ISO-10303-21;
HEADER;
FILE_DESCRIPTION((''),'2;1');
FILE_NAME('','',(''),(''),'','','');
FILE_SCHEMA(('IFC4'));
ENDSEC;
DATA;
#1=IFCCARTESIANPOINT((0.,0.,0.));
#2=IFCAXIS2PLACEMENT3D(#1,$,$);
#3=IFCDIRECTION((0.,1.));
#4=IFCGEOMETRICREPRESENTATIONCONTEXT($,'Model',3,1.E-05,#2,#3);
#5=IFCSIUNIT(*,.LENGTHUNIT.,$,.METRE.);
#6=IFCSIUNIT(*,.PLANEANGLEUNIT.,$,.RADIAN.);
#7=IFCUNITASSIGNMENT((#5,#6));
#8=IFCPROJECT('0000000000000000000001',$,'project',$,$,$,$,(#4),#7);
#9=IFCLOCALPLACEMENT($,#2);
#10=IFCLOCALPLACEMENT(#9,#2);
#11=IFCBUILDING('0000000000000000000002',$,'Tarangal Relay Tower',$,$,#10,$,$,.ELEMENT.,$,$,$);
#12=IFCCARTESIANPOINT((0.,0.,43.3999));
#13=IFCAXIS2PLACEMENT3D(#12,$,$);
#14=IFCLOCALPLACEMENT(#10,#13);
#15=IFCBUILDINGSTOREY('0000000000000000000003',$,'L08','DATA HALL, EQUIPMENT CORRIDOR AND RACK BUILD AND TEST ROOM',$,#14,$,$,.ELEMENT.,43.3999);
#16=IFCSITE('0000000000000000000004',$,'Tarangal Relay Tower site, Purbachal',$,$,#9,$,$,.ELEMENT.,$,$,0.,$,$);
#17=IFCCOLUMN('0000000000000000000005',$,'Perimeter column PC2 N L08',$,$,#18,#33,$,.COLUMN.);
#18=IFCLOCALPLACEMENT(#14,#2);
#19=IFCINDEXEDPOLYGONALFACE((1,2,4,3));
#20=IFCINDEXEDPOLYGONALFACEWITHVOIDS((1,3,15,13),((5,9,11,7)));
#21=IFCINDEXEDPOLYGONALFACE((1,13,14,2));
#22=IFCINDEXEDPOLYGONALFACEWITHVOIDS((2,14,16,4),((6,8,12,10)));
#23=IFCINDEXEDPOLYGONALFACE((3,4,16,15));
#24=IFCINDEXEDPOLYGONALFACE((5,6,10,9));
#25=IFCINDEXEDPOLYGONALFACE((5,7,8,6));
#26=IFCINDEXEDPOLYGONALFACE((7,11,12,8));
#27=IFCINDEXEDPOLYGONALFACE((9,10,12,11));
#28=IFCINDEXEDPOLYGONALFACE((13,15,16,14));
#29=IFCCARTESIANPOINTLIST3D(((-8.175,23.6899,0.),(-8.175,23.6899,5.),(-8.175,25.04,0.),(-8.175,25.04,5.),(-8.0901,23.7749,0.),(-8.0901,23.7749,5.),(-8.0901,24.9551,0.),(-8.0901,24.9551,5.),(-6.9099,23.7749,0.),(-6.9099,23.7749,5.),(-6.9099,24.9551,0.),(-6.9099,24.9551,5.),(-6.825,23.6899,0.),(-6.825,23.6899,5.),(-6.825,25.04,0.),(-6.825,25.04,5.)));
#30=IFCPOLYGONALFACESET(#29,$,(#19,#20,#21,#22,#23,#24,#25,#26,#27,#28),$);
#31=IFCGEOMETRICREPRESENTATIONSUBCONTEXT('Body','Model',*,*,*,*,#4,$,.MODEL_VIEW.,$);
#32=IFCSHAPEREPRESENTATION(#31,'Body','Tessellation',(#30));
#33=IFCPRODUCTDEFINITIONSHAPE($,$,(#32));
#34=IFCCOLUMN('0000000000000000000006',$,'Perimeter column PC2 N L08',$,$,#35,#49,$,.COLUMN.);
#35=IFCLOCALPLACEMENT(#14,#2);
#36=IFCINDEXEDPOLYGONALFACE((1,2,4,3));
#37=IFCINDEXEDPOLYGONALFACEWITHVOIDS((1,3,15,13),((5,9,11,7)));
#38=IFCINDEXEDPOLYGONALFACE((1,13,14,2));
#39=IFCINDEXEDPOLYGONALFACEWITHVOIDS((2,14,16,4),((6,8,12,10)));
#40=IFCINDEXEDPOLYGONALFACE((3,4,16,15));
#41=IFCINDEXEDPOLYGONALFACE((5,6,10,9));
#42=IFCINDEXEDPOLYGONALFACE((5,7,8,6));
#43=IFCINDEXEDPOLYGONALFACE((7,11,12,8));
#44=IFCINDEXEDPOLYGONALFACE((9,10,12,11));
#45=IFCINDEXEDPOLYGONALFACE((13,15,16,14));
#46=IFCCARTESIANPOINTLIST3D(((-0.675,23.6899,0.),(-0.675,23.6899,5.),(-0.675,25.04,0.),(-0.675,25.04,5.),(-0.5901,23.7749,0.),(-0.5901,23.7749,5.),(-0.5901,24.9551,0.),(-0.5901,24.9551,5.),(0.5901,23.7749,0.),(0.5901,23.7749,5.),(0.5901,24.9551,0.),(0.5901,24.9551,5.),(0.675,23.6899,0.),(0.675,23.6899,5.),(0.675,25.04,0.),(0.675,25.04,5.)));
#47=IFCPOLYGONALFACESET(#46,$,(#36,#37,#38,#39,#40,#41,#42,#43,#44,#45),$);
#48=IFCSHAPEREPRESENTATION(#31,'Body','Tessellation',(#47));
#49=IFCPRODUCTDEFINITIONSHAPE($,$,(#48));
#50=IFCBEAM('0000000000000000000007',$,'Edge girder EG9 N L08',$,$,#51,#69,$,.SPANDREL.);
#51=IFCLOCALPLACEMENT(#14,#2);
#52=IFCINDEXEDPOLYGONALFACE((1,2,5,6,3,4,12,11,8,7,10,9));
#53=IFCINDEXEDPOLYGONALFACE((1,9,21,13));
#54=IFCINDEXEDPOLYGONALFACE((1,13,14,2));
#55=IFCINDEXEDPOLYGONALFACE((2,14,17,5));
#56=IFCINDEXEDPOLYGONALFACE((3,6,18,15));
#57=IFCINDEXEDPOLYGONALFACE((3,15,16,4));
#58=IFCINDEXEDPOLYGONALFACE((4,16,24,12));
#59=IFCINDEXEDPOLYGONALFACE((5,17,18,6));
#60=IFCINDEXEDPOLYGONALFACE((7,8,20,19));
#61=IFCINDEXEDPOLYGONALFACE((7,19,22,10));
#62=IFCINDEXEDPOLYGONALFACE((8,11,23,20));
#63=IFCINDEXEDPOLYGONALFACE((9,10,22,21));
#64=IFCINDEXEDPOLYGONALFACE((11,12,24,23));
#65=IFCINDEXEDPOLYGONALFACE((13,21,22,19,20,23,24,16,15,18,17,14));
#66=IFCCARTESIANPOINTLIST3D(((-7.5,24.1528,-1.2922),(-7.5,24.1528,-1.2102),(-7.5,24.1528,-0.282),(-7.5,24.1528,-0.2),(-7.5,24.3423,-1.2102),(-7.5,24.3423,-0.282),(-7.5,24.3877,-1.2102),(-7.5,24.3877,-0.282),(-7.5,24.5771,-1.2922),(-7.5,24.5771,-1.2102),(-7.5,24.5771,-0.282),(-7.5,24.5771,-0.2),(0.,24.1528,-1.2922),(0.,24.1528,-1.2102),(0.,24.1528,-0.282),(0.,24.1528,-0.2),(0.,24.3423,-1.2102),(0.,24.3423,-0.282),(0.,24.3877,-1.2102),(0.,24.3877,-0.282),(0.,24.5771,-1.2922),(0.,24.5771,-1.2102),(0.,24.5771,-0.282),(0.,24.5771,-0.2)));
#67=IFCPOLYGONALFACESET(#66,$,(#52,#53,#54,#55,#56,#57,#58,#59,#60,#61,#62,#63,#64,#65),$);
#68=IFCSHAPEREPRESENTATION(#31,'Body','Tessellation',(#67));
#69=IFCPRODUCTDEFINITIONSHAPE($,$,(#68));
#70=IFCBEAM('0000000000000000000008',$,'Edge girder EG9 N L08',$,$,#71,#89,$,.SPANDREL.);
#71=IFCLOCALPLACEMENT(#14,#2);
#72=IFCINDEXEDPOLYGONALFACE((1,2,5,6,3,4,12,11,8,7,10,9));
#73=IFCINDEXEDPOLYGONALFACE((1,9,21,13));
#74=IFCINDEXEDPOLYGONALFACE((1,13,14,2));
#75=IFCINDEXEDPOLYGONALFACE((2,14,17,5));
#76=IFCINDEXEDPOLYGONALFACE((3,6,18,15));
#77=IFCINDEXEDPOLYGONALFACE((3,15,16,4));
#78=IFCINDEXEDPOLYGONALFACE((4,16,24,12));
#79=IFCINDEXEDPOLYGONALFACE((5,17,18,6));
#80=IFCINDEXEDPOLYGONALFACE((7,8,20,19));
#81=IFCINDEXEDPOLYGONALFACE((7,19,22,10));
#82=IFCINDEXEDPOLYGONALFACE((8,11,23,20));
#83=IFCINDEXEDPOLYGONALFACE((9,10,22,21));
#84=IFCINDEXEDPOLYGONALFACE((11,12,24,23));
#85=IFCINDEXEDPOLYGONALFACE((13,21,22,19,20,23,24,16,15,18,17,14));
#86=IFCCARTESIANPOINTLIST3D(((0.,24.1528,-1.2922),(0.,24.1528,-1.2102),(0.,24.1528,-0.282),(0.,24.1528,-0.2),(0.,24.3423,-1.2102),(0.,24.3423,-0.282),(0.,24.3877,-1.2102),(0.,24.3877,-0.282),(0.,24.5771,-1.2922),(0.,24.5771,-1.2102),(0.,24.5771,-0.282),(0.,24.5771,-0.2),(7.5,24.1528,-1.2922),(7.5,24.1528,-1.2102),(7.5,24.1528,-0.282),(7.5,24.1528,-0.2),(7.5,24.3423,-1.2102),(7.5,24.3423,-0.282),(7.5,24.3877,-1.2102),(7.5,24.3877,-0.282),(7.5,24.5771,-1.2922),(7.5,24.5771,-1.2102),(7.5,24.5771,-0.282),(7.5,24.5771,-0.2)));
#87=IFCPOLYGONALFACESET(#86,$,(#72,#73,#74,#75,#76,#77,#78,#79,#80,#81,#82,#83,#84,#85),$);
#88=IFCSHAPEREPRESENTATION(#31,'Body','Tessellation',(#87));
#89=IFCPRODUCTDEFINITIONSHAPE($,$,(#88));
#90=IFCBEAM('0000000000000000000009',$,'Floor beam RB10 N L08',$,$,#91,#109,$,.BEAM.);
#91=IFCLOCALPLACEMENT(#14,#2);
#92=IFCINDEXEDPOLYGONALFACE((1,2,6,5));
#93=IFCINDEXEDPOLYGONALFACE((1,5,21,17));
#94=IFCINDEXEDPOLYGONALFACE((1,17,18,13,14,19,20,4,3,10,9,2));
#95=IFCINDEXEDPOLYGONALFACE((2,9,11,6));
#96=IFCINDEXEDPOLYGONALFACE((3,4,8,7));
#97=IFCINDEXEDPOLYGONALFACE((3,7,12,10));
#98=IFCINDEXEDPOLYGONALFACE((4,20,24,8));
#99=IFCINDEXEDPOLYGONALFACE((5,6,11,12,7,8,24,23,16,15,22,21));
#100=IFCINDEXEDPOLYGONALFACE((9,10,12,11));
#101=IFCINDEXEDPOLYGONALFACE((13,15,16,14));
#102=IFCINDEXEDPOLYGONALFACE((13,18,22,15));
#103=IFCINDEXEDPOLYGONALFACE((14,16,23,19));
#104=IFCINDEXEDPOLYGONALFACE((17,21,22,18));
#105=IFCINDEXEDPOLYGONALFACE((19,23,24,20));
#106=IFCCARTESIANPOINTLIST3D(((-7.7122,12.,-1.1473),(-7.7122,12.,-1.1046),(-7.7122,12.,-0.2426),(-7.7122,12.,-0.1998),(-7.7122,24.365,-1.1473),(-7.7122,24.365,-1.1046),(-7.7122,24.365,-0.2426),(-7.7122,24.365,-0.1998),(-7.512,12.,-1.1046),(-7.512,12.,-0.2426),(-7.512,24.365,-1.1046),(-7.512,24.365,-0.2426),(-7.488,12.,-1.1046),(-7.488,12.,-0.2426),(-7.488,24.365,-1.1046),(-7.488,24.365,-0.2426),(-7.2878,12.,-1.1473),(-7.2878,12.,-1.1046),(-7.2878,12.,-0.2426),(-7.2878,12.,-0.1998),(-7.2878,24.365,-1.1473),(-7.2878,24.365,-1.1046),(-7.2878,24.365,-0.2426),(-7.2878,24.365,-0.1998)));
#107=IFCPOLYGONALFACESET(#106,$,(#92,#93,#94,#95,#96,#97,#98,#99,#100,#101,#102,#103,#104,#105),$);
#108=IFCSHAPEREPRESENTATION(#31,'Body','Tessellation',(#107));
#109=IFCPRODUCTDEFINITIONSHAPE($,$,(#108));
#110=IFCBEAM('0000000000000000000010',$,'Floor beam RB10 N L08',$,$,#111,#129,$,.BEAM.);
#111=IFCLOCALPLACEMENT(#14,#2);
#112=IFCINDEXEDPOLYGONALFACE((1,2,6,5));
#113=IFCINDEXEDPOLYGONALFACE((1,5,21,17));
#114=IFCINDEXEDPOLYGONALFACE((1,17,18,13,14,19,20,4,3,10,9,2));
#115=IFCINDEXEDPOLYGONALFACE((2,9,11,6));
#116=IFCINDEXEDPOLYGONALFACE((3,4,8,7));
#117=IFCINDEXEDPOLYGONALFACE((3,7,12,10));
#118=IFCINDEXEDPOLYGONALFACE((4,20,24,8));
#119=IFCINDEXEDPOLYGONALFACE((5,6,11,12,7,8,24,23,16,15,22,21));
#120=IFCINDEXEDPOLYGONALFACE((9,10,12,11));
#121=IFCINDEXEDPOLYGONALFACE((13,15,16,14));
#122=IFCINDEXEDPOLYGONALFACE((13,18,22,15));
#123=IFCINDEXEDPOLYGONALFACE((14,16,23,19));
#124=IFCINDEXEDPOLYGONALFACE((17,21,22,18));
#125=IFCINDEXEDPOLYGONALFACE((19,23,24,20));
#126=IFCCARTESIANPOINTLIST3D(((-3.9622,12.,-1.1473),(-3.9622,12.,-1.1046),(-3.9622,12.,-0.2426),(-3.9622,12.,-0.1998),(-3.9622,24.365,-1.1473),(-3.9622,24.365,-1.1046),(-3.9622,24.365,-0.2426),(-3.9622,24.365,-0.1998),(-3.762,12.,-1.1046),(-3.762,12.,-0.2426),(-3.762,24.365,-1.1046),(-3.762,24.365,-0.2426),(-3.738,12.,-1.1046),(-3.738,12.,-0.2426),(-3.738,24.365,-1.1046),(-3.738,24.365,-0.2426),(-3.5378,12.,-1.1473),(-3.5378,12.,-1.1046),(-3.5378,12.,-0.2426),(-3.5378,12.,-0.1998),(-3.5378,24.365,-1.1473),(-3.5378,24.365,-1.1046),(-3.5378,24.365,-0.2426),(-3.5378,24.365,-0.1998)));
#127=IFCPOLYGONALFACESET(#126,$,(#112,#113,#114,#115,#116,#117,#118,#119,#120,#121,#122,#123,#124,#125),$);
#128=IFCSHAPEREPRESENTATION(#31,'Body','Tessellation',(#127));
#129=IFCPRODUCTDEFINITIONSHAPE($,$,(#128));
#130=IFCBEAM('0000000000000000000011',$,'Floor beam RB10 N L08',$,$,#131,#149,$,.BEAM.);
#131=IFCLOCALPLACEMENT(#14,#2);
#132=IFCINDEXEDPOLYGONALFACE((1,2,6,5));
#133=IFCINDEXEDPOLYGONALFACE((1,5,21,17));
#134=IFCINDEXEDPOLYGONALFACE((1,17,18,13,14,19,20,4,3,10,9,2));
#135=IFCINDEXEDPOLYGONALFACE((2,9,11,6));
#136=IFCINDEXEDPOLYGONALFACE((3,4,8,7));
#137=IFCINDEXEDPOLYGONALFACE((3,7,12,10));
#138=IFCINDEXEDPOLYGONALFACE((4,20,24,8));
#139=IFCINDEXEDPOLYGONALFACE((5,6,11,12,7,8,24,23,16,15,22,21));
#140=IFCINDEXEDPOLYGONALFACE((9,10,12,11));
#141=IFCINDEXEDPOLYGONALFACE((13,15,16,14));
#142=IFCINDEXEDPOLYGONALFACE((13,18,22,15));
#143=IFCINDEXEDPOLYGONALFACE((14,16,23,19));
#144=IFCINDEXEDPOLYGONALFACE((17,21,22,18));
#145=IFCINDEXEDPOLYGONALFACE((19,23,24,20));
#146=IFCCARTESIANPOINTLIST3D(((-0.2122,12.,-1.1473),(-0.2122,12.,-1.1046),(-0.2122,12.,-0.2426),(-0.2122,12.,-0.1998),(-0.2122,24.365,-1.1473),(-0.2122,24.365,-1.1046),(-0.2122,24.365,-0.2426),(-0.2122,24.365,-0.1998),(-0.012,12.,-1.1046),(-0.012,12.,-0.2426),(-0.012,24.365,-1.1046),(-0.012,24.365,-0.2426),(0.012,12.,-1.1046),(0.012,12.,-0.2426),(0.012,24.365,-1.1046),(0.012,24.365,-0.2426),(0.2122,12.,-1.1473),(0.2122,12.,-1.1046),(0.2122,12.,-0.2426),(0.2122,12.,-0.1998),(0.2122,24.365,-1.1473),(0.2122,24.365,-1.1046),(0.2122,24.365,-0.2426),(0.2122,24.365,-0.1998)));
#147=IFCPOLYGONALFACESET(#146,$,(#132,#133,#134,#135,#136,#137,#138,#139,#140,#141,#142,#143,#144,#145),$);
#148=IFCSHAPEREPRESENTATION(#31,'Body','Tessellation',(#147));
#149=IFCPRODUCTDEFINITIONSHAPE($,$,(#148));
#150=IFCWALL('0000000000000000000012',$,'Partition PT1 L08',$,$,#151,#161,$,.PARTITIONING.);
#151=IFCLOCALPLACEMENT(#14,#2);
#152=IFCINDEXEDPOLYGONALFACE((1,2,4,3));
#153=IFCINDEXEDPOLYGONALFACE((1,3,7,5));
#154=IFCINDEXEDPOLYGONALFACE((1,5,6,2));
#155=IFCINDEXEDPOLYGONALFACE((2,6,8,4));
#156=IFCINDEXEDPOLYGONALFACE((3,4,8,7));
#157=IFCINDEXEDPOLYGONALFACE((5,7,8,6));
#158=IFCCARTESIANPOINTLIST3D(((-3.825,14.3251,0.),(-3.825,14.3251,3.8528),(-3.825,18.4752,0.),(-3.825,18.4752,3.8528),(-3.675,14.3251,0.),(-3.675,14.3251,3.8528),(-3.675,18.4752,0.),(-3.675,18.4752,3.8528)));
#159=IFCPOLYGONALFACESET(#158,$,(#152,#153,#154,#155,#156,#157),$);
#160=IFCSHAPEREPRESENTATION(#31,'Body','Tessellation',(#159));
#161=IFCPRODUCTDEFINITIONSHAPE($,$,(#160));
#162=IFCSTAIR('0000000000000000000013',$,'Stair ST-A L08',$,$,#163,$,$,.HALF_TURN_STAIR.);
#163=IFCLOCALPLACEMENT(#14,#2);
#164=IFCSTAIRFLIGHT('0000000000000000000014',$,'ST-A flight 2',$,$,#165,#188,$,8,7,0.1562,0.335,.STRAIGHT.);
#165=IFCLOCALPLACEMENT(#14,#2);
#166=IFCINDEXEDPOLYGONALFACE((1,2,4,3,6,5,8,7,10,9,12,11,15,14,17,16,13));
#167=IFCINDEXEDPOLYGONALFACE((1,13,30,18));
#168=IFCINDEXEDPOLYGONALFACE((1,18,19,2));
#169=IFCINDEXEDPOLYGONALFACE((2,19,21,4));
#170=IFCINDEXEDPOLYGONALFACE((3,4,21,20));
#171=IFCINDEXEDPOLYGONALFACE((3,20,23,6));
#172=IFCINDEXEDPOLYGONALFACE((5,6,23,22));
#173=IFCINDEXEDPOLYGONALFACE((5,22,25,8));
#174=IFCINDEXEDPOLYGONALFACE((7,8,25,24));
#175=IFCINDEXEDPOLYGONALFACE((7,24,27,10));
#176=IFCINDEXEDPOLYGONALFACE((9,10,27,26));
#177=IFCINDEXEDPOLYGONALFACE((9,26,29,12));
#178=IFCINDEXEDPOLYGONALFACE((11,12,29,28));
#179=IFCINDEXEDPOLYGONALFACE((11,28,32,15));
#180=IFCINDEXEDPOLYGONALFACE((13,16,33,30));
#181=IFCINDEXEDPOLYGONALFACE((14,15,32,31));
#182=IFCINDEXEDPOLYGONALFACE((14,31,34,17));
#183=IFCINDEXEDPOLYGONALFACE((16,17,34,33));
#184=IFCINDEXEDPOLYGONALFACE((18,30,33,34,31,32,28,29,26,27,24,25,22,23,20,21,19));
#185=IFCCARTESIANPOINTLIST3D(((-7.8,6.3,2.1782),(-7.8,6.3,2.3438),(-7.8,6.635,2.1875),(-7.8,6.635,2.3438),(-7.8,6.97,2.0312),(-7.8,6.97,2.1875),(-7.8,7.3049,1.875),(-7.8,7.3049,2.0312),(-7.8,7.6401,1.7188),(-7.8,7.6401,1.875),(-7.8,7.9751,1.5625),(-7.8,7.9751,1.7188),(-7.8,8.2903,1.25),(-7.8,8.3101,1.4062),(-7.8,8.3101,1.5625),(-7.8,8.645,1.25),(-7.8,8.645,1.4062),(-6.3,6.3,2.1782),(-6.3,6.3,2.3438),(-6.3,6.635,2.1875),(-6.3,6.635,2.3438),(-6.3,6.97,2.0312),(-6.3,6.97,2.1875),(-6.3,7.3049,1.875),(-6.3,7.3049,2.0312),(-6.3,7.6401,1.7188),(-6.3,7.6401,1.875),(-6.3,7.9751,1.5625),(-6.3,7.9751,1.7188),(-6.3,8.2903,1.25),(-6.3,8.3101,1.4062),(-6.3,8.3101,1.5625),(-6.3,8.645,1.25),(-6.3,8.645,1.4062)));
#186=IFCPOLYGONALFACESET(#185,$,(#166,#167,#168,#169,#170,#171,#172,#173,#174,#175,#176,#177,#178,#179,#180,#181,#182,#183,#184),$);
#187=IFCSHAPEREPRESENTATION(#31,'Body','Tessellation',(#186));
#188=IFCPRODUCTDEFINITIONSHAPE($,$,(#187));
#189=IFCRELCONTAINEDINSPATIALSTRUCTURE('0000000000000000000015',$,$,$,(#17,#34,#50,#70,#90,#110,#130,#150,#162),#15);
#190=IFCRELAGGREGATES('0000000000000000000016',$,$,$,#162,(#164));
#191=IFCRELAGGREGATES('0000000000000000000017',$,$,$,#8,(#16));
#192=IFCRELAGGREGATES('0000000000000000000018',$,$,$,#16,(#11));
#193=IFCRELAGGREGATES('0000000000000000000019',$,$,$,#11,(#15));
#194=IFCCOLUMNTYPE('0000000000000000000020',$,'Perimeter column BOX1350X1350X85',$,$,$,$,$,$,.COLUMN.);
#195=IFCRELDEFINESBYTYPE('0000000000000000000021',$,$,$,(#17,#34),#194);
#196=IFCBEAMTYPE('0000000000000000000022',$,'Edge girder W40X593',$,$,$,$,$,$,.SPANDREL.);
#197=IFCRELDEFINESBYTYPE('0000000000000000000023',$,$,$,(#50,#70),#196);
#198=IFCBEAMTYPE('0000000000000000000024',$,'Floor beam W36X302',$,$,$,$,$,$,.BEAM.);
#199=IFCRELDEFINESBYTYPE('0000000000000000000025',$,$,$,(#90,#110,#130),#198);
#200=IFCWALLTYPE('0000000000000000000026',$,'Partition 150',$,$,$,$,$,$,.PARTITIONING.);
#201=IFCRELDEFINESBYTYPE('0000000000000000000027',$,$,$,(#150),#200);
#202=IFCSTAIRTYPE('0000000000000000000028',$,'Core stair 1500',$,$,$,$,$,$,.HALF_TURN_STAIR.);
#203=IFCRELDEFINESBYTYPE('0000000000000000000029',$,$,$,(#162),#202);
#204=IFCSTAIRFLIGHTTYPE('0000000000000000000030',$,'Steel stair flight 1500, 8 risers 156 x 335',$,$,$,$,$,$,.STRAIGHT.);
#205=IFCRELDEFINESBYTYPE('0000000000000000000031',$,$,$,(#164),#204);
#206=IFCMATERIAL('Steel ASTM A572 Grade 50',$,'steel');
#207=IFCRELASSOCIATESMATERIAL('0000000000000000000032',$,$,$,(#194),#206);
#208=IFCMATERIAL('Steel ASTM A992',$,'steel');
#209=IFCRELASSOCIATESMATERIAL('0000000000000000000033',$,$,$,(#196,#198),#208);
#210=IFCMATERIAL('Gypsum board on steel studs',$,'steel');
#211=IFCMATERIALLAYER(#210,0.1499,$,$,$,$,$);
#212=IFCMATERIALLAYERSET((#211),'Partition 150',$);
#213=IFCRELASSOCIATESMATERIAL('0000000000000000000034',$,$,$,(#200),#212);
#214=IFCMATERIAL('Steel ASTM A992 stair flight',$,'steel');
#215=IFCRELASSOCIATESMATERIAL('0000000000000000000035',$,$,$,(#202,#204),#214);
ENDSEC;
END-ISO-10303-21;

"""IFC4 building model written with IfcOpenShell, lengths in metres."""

from ifc_helpers import new_model, si_unit, direction, frame, frame_2d, origin, origin_2d, place, context, subcontext, project, spatial, polyline, rectangle, hollow_rectangle, i_section, outline, extrude, material, layer, layer_set, material_profile, profile_set, type_object, element, aggregate, save


model = new_model("IFC4")

# Units and contexts
model_context = context("Model", 3, precision=1e-05, world=origin(), true_north=direction((0.0, 1.0)))
body_context = subcontext(model_context, "Body", "Model", "MODEL_VIEW")
ifc_project = project(units=[si_unit("LENGTHUNIT", "METRE"), si_unit("PLANEANGLEUNIT", "RADIAN")], contexts=[model_context])

# Site, building, storey
site_placement = place(None, origin())
site = spatial("IfcSite", under=ifc_project, at=site_placement, Name="Tarangal Relay Tower site, Purbachal", CompositionType="ELEMENT", RefElevation=0.0)
building_placement = place(site_placement, origin())
building = spatial("IfcBuilding", under=site, at=building_placement, Name="Tarangal Relay Tower", CompositionType="ELEMENT")
storey_placement = place(building_placement, frame((0.0, 0.0, 43.3999)))
storey = spatial("IfcBuildingStorey", under=building, at=storey_placement, Name="L08", Description="DATA HALL, EQUIPMENT CORRIDOR AND RACK BUILD AND TEST ROOM", CompositionType="ELEMENT", Elevation=43.3999)

# Columns
ifc_material_1 = material(Name="Steel ASTM A572 Grade 50", Category="steel")
ifc_material_profile_1 = material_profile(ifc_material_1, hollow_rectangle(XDim=1.3501, YDim=1.3501, WallThickness=0.085, at=origin_2d()), Name="BOX1350X1350X85")
ifc_profile_set_1 = profile_set([ifc_material_profile_1], Name="Steel ASTM A572 Grade 50")
column_type = type_object("IfcColumnType", Name="Perimeter column BOX1350X1350X85", PredefinedType="COLUMN", material=ifc_profile_set_1)
for number, where, z_axis, x_axis, name in (
    (1, (-7.5, 24.365, 0.0), (0.0, 0.0, 1.0), (1.0, 0.0, 0.0), "Perimeter column PC2 N L08"),
    (2, (0.0, 24.365, 0.0), (0.0, 0.0, 1.0), (1.0, 0.0, 0.0), "Perimeter column PC2 N L08"),
):
    element("IfcColumn", number, at=place(storey_placement, frame(where, z_axis=z_axis, x_axis=x_axis)), inside=storey, type_object=column_type, Name=name, PredefinedType="COLUMN", context=body_context, shape_type="SweptSolid", body=[
        extrude(hollow_rectangle(XDim=1.3501, YDim=1.3501, WallThickness=0.085, at=origin_2d()), origin(), (0.0, 0.0, 1.0), 5.0),
    ])

# Beams
ifc_material_2 = material(Name="Steel ASTM A992", Category="steel")
ifc_material_profile_2 = material_profile(ifc_material_2, i_section(OverallWidth=0.4243, OverallDepth=1.0923, WebThickness=0.0454, FlangeThickness=0.082, at=origin_2d()), Name="W40X593")
ifc_profile_set_2 = profile_set([ifc_material_profile_2], Name="Steel ASTM A992")
beam_type_1 = type_object("IfcBeamType", Name="Edge girder W40X593", PredefinedType="SPANDREL", material=ifc_profile_set_2)
for number, where, z_axis, x_axis, name in (
    (3, (-7.5, 24.365, -0.7461), (1.0, 0.0, 0.0), (0.0, 1.0, 0.0), "Edge girder EG9 N L08"),
    (4, (0.0, 24.365, -0.7461), (1.0, 0.0, 0.0), (0.0, 1.0, 0.0), "Edge girder EG9 N L08"),
):
    element("IfcBeam", number, at=place(storey_placement, frame(where, z_axis=z_axis, x_axis=x_axis)), inside=storey, type_object=beam_type_1, Name=name, PredefinedType="SPANDREL", context=body_context, shape_type="SweptSolid", body=[
        extrude(i_section(OverallWidth=0.4243, OverallDepth=1.0923, WebThickness=0.0454, FlangeThickness=0.082, at=origin_2d()), origin(), (0.0, 0.0, 1.0), 7.5),
    ])
ifc_material_profile_3 = material_profile(ifc_material_2, i_section(OverallWidth=0.4243, OverallDepth=0.9475, WebThickness=0.0239, FlangeThickness=0.0427, at=origin_2d()), Name="W36X302")
ifc_profile_set_3 = profile_set([ifc_material_profile_3], Name="Steel ASTM A992")
beam_type_2 = type_object("IfcBeamType", Name="Floor beam W36X302", PredefinedType="BEAM", material=ifc_profile_set_3)
for number, where, z_axis, x_axis, name in (
    (5, (-7.5, 12.0, -0.6736), (0.0, 1.0, 0.0), (-1.0, 0.0, 0.0), "Floor beam RB10 N L08"),
    (6, (-3.75, 12.0, -0.6736), (0.0, 1.0, 0.0), (-1.0, 0.0, 0.0), "Floor beam RB10 N L08"),
    (7, (0.0, 12.0, -0.6736), (0.0, 1.0, 0.0), (-1.0, 0.0, 0.0), "Floor beam RB10 N L08"),
):
    element("IfcBeam", number, at=place(storey_placement, frame(where, z_axis=z_axis, x_axis=x_axis)), inside=storey, type_object=beam_type_2, Name=name, PredefinedType="BEAM", context=body_context, shape_type="SweptSolid", body=[
        extrude(i_section(OverallWidth=0.4243, OverallDepth=0.9475, WebThickness=0.0239, FlangeThickness=0.0427, at=origin_2d()), origin(), (0.0, 0.0, 1.0), 12.365),
    ])

# Wall
ifc_material_3 = material(Name="Gypsum board on steel studs", Category="steel")
ifc_layer_1 = layer(ifc_material_3, 0.1499)
ifc_layer_set_1 = layer_set([ifc_layer_1], Name="Partition 150")
wall_type = type_object("IfcWallType", Name="Partition 150", PredefinedType="PARTITIONING", material=ifc_layer_set_1)
wall_placement = place(storey_placement, frame((-3.75, 14.325, 0.0), z_axis=(0.0, 0.0, 1.0), x_axis=(0.0, 1.0, 0.0)))
element("IfcWall", 8, at=wall_placement, inside=storey, type_object=wall_type, Name="Partition PT1 L08", PredefinedType="PARTITIONING", context=body_context, shape_type="SweptSolid", body=[
    extrude(rectangle(XDim=4.1501, YDim=0.1499, at=frame_2d((2.0752, 0.0))), origin(), (0.0, 0.0, 1.0), 3.8528),
])

# Stair, stair flight
ifc_material_4 = material(Name="Steel ASTM A992 stair flight", Category="steel")
stair_type = type_object("IfcStairType", Name="Core stair 1500", PredefinedType="HALF_TURN_STAIR", material=ifc_material_4)
stair_placement = place(storey_placement, origin())
stair = element("IfcStair", 9, at=stair_placement, inside=storey, type_object=stair_type, Name="Stair ST-A L08", PredefinedType="HALF_TURN_STAIR")
stair_flight_type = type_object("IfcStairFlightType", Name="Steel stair flight 1500, 8 risers 156 x 335", PredefinedType="STRAIGHT", material=ifc_material_4)
stair_flight_1_placement = place(storey_placement, frame((-7.05, 8.645, 1.25), z_axis=(0.0, 0.0, 1.0), x_axis=(0.0, -1.0, 0.0)))
stair_flight_1 = element("IfcStairFlight", 10, at=stair_flight_1_placement, type_object=stair_flight_type, Name="ST-A flight 2", NumberOfRisers=8, NumberOfTreads=7, PredefinedType="STRAIGHT", RiserHeight=0.1562, TreadLength=0.335, context=body_context, shape_type="SweptSolid", body=[
    extrude(outline(polyline([(0.0, 0.0), (0.0, 0.1562), (0.335, 0.1562), (0.335, 0.3125), (0.6699, 0.3125), (0.6699, 0.4688), (1.0049, 0.4688), (1.0049, 0.625), (1.3401, 0.625), (1.3401, 0.7812), (1.675, 0.7812), (1.675, 0.9375), (2.01, 0.9375), (2.01, 1.0938), (2.345, 1.0938), (2.345, 1.25), (2.345, 0.9282), (0.3547, 0.0), (0.0, 0.0)])), frame((0.0, 0.75, 0.0), z_axis=(0.0, -1.0, 0.0), x_axis=(1.0, 0.0, 0.0)), (0.0, 0.0, 1.0), 1.5),
])
aggregate(stair, [stair_flight_1])

save(model, "model.ifc")
